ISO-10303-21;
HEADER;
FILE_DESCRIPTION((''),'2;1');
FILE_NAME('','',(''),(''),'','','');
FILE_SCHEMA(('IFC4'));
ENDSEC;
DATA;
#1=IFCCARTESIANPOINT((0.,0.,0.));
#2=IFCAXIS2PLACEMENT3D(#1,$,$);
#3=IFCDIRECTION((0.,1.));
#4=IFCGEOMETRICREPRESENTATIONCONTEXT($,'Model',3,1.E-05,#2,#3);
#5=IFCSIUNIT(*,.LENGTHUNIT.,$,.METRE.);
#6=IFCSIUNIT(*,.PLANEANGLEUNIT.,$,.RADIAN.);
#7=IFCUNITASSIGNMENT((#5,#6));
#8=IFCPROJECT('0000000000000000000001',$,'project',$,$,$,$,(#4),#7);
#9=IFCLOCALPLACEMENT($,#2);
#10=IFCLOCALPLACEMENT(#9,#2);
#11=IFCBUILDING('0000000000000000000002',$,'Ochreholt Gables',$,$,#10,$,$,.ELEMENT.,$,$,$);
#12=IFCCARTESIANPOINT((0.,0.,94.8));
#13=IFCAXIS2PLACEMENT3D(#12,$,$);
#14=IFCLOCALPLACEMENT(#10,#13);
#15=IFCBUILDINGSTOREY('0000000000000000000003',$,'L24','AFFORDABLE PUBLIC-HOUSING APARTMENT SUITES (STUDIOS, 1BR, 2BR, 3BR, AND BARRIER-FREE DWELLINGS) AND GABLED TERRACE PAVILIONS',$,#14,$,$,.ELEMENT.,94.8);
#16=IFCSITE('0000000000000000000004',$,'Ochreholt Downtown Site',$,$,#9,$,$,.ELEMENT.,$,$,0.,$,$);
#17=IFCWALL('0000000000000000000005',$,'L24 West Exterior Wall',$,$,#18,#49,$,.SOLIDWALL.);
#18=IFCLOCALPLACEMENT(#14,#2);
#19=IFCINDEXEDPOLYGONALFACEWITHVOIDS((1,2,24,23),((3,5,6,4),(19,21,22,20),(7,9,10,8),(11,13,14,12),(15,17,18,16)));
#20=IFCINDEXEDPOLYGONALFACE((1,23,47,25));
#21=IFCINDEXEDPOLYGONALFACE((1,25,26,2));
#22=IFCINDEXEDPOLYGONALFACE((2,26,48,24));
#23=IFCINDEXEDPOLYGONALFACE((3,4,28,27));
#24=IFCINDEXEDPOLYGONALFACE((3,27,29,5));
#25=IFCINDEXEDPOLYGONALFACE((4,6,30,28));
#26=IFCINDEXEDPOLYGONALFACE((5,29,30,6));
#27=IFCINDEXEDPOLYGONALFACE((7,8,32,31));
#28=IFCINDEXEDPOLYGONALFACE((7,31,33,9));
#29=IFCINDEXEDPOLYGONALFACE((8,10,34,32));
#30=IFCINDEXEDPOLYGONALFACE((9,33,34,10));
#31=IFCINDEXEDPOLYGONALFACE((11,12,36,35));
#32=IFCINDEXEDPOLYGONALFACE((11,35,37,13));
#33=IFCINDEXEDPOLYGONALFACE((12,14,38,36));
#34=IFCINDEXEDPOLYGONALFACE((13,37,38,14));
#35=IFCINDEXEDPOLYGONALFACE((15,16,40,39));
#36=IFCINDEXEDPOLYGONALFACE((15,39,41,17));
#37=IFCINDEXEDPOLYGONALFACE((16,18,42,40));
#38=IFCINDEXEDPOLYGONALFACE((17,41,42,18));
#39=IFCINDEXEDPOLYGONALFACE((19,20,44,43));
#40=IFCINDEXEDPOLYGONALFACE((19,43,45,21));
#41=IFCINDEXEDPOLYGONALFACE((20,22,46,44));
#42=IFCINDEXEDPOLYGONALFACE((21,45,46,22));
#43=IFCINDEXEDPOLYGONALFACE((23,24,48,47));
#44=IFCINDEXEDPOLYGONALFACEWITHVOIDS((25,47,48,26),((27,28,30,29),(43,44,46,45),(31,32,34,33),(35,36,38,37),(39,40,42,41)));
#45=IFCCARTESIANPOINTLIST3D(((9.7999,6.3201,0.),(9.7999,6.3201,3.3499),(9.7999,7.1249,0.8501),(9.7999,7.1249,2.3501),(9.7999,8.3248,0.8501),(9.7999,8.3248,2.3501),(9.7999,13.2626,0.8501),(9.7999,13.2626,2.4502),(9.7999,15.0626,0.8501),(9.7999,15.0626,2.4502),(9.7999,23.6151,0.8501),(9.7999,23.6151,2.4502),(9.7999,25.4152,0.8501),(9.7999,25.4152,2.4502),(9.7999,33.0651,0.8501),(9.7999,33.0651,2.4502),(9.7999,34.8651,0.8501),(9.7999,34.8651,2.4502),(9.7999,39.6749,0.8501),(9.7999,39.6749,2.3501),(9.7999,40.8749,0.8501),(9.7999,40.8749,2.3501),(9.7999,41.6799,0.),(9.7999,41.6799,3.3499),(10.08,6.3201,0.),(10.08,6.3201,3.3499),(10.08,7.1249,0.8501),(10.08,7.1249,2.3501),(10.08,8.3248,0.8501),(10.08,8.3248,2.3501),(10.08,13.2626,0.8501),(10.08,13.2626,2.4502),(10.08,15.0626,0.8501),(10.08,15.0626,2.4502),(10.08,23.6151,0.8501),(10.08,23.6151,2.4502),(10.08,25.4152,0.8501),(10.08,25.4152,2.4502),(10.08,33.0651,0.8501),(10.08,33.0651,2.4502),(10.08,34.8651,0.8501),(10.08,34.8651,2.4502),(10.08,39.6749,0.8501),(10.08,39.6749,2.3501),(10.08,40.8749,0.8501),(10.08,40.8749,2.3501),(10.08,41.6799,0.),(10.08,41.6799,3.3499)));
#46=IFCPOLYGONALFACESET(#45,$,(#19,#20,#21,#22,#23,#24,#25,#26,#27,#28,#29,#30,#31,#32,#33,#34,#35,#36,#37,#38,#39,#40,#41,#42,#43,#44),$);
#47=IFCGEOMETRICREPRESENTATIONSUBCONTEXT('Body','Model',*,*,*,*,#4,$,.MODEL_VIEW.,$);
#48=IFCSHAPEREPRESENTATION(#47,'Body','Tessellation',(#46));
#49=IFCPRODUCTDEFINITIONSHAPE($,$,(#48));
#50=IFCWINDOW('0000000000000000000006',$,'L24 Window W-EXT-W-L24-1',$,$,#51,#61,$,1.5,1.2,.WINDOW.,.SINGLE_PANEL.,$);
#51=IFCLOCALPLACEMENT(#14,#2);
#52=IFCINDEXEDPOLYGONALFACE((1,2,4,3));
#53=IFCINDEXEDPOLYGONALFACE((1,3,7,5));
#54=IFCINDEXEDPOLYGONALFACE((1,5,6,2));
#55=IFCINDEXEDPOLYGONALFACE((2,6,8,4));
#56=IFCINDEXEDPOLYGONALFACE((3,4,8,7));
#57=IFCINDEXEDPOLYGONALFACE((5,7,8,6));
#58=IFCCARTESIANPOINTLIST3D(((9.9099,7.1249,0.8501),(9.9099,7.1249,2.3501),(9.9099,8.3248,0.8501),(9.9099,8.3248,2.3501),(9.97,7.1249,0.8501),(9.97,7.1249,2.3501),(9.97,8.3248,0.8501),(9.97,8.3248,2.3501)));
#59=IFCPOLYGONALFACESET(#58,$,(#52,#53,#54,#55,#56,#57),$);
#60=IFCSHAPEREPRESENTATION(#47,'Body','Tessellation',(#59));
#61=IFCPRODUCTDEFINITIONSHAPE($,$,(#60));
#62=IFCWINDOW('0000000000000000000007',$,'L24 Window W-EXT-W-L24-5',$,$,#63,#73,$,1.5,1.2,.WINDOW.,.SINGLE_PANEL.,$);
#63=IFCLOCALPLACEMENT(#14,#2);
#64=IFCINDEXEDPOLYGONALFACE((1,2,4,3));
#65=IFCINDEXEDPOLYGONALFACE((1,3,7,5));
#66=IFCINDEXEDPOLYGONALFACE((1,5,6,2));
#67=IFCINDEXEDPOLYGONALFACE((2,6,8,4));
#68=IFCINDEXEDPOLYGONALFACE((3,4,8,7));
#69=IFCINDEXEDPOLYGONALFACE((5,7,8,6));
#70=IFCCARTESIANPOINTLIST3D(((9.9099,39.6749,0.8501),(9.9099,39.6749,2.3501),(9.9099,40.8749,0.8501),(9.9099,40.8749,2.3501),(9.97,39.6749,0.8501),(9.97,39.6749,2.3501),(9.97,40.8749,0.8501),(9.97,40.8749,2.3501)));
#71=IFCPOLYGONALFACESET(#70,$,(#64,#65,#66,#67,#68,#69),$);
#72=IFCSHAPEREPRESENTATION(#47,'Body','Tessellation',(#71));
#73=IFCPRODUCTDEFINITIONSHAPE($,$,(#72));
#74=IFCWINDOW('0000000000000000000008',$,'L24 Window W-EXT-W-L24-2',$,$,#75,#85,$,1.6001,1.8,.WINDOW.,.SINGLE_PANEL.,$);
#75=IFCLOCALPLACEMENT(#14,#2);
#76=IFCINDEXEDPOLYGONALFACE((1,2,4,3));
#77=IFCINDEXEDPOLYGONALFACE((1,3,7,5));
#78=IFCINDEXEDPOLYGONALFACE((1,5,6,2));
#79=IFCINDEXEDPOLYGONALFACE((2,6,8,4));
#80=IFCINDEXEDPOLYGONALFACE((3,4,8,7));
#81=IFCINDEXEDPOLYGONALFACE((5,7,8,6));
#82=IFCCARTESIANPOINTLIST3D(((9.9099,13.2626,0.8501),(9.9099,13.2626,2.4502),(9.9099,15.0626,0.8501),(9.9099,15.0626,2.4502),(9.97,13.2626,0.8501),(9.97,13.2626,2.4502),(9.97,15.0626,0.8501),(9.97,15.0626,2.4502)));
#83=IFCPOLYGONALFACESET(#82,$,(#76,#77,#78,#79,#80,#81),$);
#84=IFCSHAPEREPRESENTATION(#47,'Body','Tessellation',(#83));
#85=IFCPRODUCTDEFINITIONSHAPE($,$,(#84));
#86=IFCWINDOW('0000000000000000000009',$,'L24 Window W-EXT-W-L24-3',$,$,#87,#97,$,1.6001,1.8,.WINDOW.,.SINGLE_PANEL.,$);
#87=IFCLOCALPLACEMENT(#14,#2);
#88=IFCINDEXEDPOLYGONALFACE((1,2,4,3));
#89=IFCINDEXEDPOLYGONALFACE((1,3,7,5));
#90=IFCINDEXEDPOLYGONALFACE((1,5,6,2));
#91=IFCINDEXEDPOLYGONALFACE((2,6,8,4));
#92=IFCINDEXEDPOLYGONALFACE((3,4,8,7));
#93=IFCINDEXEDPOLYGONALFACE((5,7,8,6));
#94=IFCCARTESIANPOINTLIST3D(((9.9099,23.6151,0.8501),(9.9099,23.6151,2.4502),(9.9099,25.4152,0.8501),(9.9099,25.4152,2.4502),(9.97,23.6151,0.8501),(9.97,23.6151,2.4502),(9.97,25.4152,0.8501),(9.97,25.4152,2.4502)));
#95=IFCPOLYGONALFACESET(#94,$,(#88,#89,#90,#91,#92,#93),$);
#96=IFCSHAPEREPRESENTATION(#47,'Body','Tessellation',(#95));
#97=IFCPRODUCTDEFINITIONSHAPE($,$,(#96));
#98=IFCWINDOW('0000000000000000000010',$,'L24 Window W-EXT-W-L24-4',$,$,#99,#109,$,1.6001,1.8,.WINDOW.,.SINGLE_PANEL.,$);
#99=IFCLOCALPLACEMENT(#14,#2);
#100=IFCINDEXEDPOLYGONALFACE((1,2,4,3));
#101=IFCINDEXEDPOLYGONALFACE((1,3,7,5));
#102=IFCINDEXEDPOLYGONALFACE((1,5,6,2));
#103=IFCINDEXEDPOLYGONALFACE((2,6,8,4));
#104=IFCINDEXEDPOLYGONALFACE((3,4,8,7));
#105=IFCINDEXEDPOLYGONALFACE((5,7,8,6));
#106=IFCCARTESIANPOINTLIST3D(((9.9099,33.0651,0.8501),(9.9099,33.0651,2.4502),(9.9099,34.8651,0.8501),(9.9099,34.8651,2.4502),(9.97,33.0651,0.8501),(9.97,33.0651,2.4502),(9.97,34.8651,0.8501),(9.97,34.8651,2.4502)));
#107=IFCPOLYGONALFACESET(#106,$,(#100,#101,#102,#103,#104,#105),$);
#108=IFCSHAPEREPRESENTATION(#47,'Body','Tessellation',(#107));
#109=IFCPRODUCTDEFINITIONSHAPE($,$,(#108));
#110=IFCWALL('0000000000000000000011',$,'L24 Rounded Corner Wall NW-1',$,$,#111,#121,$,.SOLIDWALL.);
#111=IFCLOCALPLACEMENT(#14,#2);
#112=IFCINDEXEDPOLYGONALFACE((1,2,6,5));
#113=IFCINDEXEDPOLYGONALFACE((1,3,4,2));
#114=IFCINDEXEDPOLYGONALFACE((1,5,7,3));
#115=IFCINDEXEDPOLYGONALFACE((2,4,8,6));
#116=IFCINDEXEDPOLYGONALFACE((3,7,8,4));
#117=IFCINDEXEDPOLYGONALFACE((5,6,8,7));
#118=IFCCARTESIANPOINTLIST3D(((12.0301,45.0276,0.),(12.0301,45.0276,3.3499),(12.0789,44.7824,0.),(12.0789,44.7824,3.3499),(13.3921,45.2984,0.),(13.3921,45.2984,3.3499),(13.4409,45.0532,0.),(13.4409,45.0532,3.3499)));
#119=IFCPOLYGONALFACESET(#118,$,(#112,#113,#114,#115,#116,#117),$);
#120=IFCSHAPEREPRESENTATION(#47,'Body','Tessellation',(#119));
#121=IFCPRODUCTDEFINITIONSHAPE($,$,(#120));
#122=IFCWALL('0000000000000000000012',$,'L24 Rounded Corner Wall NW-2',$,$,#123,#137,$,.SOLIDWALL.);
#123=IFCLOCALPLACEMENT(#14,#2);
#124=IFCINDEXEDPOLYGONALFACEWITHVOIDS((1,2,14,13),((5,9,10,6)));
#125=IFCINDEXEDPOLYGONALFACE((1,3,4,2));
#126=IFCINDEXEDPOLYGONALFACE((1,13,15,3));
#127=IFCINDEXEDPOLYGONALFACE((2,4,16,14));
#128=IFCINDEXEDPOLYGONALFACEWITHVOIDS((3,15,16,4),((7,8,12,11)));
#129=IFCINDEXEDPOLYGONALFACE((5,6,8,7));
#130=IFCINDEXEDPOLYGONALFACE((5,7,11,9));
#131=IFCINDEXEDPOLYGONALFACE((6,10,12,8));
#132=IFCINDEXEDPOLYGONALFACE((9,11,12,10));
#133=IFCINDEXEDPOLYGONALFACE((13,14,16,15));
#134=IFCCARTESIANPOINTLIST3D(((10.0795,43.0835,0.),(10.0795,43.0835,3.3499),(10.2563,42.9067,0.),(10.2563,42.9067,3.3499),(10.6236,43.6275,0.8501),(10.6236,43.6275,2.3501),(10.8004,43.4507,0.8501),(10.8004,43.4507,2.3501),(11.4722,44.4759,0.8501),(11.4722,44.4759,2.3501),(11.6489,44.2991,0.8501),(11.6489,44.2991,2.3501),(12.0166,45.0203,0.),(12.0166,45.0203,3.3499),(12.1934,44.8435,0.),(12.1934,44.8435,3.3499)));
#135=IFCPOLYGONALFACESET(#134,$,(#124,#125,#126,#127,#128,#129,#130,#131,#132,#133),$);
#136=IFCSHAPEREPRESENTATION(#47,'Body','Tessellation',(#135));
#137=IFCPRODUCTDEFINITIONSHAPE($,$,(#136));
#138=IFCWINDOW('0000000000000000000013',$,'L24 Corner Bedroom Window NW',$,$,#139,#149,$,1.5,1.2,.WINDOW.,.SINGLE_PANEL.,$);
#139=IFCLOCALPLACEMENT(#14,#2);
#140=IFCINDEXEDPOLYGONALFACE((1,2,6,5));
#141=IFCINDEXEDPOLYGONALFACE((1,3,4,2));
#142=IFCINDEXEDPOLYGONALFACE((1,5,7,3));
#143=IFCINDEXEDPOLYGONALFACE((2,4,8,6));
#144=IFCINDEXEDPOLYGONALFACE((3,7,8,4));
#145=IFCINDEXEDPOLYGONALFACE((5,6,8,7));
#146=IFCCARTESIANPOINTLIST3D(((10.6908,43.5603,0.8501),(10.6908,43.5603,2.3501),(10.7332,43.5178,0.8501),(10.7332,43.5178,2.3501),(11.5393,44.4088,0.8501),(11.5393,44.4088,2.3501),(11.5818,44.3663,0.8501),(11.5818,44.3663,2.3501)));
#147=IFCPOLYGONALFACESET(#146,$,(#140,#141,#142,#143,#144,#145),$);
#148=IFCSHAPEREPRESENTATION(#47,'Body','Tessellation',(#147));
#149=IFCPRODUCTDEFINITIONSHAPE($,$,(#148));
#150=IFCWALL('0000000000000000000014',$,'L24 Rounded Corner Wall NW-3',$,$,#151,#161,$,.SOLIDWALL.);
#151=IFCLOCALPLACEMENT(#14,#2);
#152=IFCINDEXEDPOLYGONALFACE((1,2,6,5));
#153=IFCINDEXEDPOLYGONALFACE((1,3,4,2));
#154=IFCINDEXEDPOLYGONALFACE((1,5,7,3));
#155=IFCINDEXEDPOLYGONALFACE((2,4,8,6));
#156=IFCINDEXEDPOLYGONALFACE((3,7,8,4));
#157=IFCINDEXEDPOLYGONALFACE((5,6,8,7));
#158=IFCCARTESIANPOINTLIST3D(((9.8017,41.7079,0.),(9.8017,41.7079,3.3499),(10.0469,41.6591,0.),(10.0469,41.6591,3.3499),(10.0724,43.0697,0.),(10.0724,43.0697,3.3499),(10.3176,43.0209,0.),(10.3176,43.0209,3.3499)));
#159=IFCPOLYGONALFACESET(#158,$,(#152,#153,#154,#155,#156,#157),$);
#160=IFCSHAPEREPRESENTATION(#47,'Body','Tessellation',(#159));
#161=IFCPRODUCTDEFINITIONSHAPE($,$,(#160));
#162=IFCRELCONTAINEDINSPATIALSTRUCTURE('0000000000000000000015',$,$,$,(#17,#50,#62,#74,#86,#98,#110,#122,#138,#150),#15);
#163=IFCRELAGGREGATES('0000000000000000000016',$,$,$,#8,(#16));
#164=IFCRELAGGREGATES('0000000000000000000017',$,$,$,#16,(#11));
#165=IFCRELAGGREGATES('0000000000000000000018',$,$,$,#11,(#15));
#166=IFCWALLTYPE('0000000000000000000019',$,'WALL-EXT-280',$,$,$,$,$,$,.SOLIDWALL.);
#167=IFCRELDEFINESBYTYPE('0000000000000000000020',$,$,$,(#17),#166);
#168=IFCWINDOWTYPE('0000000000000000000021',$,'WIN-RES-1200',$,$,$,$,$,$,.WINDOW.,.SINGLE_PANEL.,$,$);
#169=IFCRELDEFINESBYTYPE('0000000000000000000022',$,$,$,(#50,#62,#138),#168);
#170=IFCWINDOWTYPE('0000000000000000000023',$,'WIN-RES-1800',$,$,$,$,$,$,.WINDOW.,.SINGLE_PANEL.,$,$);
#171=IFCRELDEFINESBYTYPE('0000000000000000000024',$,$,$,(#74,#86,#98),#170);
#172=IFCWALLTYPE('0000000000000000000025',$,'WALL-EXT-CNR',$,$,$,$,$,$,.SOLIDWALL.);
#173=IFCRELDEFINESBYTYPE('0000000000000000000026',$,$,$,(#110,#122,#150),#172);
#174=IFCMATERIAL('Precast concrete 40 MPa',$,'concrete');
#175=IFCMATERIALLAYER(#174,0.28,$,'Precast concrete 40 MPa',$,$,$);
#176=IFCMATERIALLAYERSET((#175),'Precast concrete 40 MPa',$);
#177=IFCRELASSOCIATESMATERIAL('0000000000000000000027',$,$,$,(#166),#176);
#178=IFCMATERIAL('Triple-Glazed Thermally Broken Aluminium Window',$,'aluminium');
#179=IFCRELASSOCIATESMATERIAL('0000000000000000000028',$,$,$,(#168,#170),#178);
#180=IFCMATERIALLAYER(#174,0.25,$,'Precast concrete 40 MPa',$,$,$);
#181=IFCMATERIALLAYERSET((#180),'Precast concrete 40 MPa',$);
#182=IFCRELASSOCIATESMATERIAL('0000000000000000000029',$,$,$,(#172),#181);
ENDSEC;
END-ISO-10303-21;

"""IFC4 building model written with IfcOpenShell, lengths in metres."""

from ifc_helpers import new_model, si_unit, direction, frame, frame_2d, origin, place, context, subcontext, project, spatial, rectangle, extrude, material, layer, layer_set, type_object, element, fill, save


model = new_model("IFC4")

# Units and contexts
model_context = context("Model", 3, precision=1e-05, world=origin(), true_north=direction((0.0, 1.0)))
body_context = subcontext(model_context, "Body", "Model", "MODEL_VIEW")
ifc_project = project(units=[si_unit("LENGTHUNIT", "METRE"), si_unit("PLANEANGLEUNIT", "RADIAN")], contexts=[model_context])

# Site, building, storey
site_placement = place(None, origin())
site = spatial("IfcSite", under=ifc_project, at=site_placement, Name="Ochreholt Downtown Site", CompositionType="ELEMENT", RefElevation=0.0)
building_placement = place(site_placement, origin())
building = spatial("IfcBuilding", under=site, at=building_placement, Name="Ochreholt Gables", CompositionType="ELEMENT")
storey_placement = place(building_placement, frame((0.0, 0.0, 94.8)))
storey = spatial("IfcBuildingStorey", under=building, at=storey_placement, Name="L24", Description="AFFORDABLE PUBLIC-HOUSING APARTMENT SUITES (STUDIOS, 1BR, 2BR, 3BR, AND BARRIER-FREE DWELLINGS) AND GABLED TERRACE PAVILIONS", CompositionType="ELEMENT", Elevation=94.8)

# Wall, openings, windows
ifc_material_1 = material(Name="Precast concrete 40 MPa", Category="concrete")
ifc_layer_1 = layer(ifc_material_1, 0.28, Name="Precast concrete 40 MPa")
ifc_layer_set_1 = layer_set([ifc_layer_1], Name="Precast concrete 40 MPa")
wall_type_1 = type_object("IfcWallType", Name="WALL-EXT-280", PredefinedType="SOLIDWALL", material=ifc_layer_set_1)
wall_1_placement = place(storey_placement, frame((9.9399, 41.6799, 0.0), z_axis=(0.0, 0.0, 1.0), x_axis=(0.0, -1.0, 0.0)))
wall_1 = element("IfcWall", 1, at=wall_1_placement, inside=storey, type_object=wall_type_1, Name="L24 West Exterior Wall", PredefinedType="SOLIDWALL", context=body_context, shape_type="SweptSolid", body=[
    extrude(rectangle(XDim=35.3599, YDim=0.28, at=frame_2d((17.6799, 0.0))), origin(), (0.0, 0.0, 1.0), 3.3499),
])
opening_1_placement = place(wall_1_placement, frame((33.355, 0.0, 0.8501)))
opening_1 = element("IfcOpeningElement", 2, at=opening_1_placement, cuts=wall_1, PredefinedType="OPENING", context=body_context, shape_type="SweptSolid", body=[
    extrude(rectangle(XDim=1.2, YDim=1.5, at=frame_2d((0.6001, 0.75))), frame((0.0, 0.1499, 0.0), z_axis=(0.0, -1.0, 0.0), x_axis=(1.0, 0.0, 0.0)), (0.0, 0.0, 1.0), 0.3),
])
opening_2_placement = place(wall_1_placement, frame((26.6174, 0.0, 0.8501)))
opening_2 = element("IfcOpeningElement", 3, at=opening_2_placement, cuts=wall_1, PredefinedType="OPENING", context=body_context, shape_type="SweptSolid", body=[
    extrude(rectangle(XDim=1.8, YDim=1.6001, at=frame_2d((0.8999, 0.8))), frame((0.0, 0.1499, 0.0), z_axis=(0.0, -1.0, 0.0), x_axis=(1.0, 0.0, 0.0)), (0.0, 0.0, 1.0), 0.3),
])
opening_3_placement = place(wall_1_placement, frame((16.2649, 0.0, 0.8501)))
opening_3 = element("IfcOpeningElement", 4, at=opening_3_placement, cuts=wall_1, PredefinedType="OPENING", context=body_context, shape_type="SweptSolid", body=[
    extrude(rectangle(XDim=1.8, YDim=1.6001, at=frame_2d((0.8999, 0.8))), frame((0.0, 0.1499, 0.0), z_axis=(0.0, -1.0, 0.0), x_axis=(1.0, 0.0, 0.0)), (0.0, 0.0, 1.0), 0.3),
])
opening_4_placement = place(wall_1_placement, frame((6.8149, 0.0, 0.8501)))
opening_4 = element("IfcOpeningElement", 5, at=opening_4_placement, cuts=wall_1, PredefinedType="OPENING", context=body_context, shape_type="SweptSolid", body=[
    extrude(rectangle(XDim=1.8, YDim=1.6001, at=frame_2d((0.8999, 0.8))), frame((0.0, 0.1499, 0.0), z_axis=(0.0, -1.0, 0.0), x_axis=(1.0, 0.0, 0.0)), (0.0, 0.0, 1.0), 0.3),
])
opening_5_placement = place(wall_1_placement, frame((0.8049, 0.0, 0.8501)))
opening_5 = element("IfcOpeningElement", 6, at=opening_5_placement, cuts=wall_1, PredefinedType="OPENING", context=body_context, shape_type="SweptSolid", body=[
    extrude(rectangle(XDim=1.2, YDim=1.5, at=frame_2d((0.6001, 0.75))), frame((0.0, 0.1499, 0.0), z_axis=(0.0, -1.0, 0.0), x_axis=(1.0, 0.0, 0.0)), (0.0, 0.0, 1.0), 0.3),
])
ifc_material_2 = material(Name="Triple-Glazed Thermally Broken Aluminium Window", Category="aluminium")
window_type_1 = type_object("IfcWindowType", Name="WIN-RES-1200", PartitioningType="SINGLE_PANEL", PredefinedType="WINDOW", material=ifc_material_2)
window_1_placement = place(opening_1_placement, origin())
window_1 = element("IfcWindow", 7, at=window_1_placement, inside=storey, type_object=window_type_1, Name="L24 Window W-EXT-W-L24-1", OverallHeight=1.5, OverallWidth=1.2, PartitioningType="SINGLE_PANEL", PredefinedType="WINDOW", context=body_context, shape_type="SweptSolid", body=[
    extrude(rectangle(XDim=1.2, YDim=1.5, at=frame_2d((0.6001, 0.75))), frame((0.0, 0.03, 0.0), z_axis=(0.0, -1.0, 0.0), x_axis=(1.0, 0.0, 0.0)), (0.0, 0.0, 1.0), 0.0601),
])
fill(opening_1, window_1)
window_2_placement = place(opening_5_placement, origin())
window_2 = element("IfcWindow", 8, at=window_2_placement, inside=storey, type_object=window_type_1, Name="L24 Window W-EXT-W-L24-5", OverallHeight=1.5, OverallWidth=1.2, PartitioningType="SINGLE_PANEL", PredefinedType="WINDOW", context=body_context, shape_type="SweptSolid", body=[
    extrude(rectangle(XDim=1.2, YDim=1.5, at=frame_2d((0.6001, 0.75))), frame((0.0, 0.03, 0.0), z_axis=(0.0, -1.0, 0.0), x_axis=(1.0, 0.0, 0.0)), (0.0, 0.0, 1.0), 0.0601),
])
fill(opening_5, window_2)
window_type_2 = type_object("IfcWindowType", Name="WIN-RES-1800", PartitioningType="SINGLE_PANEL", PredefinedType="WINDOW", material=ifc_material_2)
window_3_placement = place(opening_2_placement, origin())
window_3 = element("IfcWindow", 9, at=window_3_placement, inside=storey, type_object=window_type_2, Name="L24 Window W-EXT-W-L24-2", OverallHeight=1.6001, OverallWidth=1.8, PartitioningType="SINGLE_PANEL", PredefinedType="WINDOW", context=body_context, shape_type="SweptSolid", body=[
    extrude(rectangle(XDim=1.8, YDim=1.6001, at=frame_2d((0.8999, 0.8))), frame((0.0, 0.03, 0.0), z_axis=(0.0, -1.0, 0.0), x_axis=(1.0, 0.0, 0.0)), (0.0, 0.0, 1.0), 0.0601),
])
fill(opening_2, window_3)
window_4_placement = place(opening_3_placement, origin())
window_4 = element("IfcWindow", 10, at=window_4_placement, inside=storey, type_object=window_type_2, Name="L24 Window W-EXT-W-L24-3", OverallHeight=1.6001, OverallWidth=1.8, PartitioningType="SINGLE_PANEL", PredefinedType="WINDOW", context=body_context, shape_type="SweptSolid", body=[
    extrude(rectangle(XDim=1.8, YDim=1.6001, at=frame_2d((0.8999, 0.8))), frame((0.0, 0.03, 0.0), z_axis=(0.0, -1.0, 0.0), x_axis=(1.0, 0.0, 0.0)), (0.0, 0.0, 1.0), 0.0601),
])
fill(opening_3, window_4)
window_5_placement = place(opening_4_placement, origin())
window_5 = element("IfcWindow", 11, at=window_5_placement, inside=storey, type_object=window_type_2, Name="L24 Window W-EXT-W-L24-4", OverallHeight=1.6001, OverallWidth=1.8, PartitioningType="SINGLE_PANEL", PredefinedType="WINDOW", context=body_context, shape_type="SweptSolid", body=[
    extrude(rectangle(XDim=1.8, YDim=1.6001, at=frame_2d((0.8999, 0.8))), frame((0.0, 0.03, 0.0), z_axis=(0.0, -1.0, 0.0), x_axis=(1.0, 0.0, 0.0)), (0.0, 0.0, 1.0), 0.0601),
])
fill(opening_4, window_5)

# Wall
ifc_layer_2 = layer(ifc_material_1, 0.25, Name="Precast concrete 40 MPa")
ifc_layer_set_2 = layer_set([ifc_layer_2], Name="Precast concrete 40 MPa")
wall_type_2 = type_object("IfcWallType", Name="WALL-EXT-CNR", PredefinedType="SOLIDWALL", material=ifc_layer_set_2)
wall_2_placement = place(storey_placement, frame((13.4165, 45.1758, 0.0), z_axis=(0.0, 0.0, 1.0), x_axis=(-0.98081, -0.194967, 0.0)))
element("IfcWall", 12, at=wall_2_placement, inside=storey, type_object=wall_type_2, Name="L24 Rounded Corner Wall NW-1", PredefinedType="SOLIDWALL", context=body_context, shape_type="SweptSolid", body=[
    extrude(rectangle(XDim=1.3887, YDim=0.25, at=frame_2d((0.6943, 0.0))), origin(), (0.0, 0.0, 1.0), 3.3499),
])

# Wall, opening, window
wall_3_placement = place(storey_placement, frame((12.105, 44.9319, 0.0), z_axis=(0.0, 0.0, 1.0), x_axis=(-0.707151, -0.707062, 0.0)))
wall_3 = element("IfcWall", 13, at=wall_3_placement, inside=storey, type_object=wall_type_2, Name="L24 Rounded Corner Wall NW-2", PredefinedType="SOLIDWALL", context=body_context, shape_type="SweptSolid", body=[
    extrude(rectangle(XDim=2.7393, YDim=0.25, at=frame_2d((1.3696, 0.0))), origin(), (0.0, 0.0, 1.0), 3.3499),
])
opening_6_placement = place(wall_3_placement, frame((0.7698, 0.0, 0.8501)))
opening_6 = element("IfcOpeningElement", 14, at=opening_6_placement, cuts=wall_3, PredefinedType="OPENING", context=body_context, shape_type="SweptSolid", body=[
    extrude(rectangle(XDim=1.2, YDim=1.5, at=frame_2d((0.6001, 0.75))), frame((0.0, 0.135, 0.0), z_axis=(0.0, -1.0, 0.0), x_axis=(1.0, 0.0, 0.0)), (0.0, 0.0, 1.0), 0.27),
])
window_6_placement = place(opening_6_placement, origin())
window_6 = element("IfcWindow", 15, at=window_6_placement, inside=storey, type_object=window_type_1, Name="L24 Corner Bedroom Window NW", OverallHeight=1.5, OverallWidth=1.2, PartitioningType="SINGLE_PANEL", PredefinedType="WINDOW", context=body_context, shape_type="SweptSolid", body=[
    extrude(rectangle(XDim=1.2, YDim=1.5, at=frame_2d((0.6001, 0.75))), frame((0.0, 0.03, 0.0), z_axis=(0.0, -1.0, 0.0), x_axis=(1.0, 0.0, 0.0)), (0.0, 0.0, 1.0), 0.0601),
])
fill(opening_6, window_6)

# Wall
wall_4_placement = place(storey_placement, frame((10.1951, 43.0454, 0.0), z_axis=(0.0, 0.0, 1.0), x_axis=(-0.195, -0.980803, 0.0)))
element("IfcWall", 16, at=wall_4_placement, inside=storey, type_object=wall_type_2, Name="L24 Rounded Corner Wall NW-3", PredefinedType="SOLIDWALL", context=body_context, shape_type="SweptSolid", body=[
    extrude(rectangle(XDim=1.3884, YDim=0.25, at=frame_2d((0.6943, 0.0))), origin(), (0.0, 0.0, 1.0), 3.3499),
])

save(model, "model.ifc")
